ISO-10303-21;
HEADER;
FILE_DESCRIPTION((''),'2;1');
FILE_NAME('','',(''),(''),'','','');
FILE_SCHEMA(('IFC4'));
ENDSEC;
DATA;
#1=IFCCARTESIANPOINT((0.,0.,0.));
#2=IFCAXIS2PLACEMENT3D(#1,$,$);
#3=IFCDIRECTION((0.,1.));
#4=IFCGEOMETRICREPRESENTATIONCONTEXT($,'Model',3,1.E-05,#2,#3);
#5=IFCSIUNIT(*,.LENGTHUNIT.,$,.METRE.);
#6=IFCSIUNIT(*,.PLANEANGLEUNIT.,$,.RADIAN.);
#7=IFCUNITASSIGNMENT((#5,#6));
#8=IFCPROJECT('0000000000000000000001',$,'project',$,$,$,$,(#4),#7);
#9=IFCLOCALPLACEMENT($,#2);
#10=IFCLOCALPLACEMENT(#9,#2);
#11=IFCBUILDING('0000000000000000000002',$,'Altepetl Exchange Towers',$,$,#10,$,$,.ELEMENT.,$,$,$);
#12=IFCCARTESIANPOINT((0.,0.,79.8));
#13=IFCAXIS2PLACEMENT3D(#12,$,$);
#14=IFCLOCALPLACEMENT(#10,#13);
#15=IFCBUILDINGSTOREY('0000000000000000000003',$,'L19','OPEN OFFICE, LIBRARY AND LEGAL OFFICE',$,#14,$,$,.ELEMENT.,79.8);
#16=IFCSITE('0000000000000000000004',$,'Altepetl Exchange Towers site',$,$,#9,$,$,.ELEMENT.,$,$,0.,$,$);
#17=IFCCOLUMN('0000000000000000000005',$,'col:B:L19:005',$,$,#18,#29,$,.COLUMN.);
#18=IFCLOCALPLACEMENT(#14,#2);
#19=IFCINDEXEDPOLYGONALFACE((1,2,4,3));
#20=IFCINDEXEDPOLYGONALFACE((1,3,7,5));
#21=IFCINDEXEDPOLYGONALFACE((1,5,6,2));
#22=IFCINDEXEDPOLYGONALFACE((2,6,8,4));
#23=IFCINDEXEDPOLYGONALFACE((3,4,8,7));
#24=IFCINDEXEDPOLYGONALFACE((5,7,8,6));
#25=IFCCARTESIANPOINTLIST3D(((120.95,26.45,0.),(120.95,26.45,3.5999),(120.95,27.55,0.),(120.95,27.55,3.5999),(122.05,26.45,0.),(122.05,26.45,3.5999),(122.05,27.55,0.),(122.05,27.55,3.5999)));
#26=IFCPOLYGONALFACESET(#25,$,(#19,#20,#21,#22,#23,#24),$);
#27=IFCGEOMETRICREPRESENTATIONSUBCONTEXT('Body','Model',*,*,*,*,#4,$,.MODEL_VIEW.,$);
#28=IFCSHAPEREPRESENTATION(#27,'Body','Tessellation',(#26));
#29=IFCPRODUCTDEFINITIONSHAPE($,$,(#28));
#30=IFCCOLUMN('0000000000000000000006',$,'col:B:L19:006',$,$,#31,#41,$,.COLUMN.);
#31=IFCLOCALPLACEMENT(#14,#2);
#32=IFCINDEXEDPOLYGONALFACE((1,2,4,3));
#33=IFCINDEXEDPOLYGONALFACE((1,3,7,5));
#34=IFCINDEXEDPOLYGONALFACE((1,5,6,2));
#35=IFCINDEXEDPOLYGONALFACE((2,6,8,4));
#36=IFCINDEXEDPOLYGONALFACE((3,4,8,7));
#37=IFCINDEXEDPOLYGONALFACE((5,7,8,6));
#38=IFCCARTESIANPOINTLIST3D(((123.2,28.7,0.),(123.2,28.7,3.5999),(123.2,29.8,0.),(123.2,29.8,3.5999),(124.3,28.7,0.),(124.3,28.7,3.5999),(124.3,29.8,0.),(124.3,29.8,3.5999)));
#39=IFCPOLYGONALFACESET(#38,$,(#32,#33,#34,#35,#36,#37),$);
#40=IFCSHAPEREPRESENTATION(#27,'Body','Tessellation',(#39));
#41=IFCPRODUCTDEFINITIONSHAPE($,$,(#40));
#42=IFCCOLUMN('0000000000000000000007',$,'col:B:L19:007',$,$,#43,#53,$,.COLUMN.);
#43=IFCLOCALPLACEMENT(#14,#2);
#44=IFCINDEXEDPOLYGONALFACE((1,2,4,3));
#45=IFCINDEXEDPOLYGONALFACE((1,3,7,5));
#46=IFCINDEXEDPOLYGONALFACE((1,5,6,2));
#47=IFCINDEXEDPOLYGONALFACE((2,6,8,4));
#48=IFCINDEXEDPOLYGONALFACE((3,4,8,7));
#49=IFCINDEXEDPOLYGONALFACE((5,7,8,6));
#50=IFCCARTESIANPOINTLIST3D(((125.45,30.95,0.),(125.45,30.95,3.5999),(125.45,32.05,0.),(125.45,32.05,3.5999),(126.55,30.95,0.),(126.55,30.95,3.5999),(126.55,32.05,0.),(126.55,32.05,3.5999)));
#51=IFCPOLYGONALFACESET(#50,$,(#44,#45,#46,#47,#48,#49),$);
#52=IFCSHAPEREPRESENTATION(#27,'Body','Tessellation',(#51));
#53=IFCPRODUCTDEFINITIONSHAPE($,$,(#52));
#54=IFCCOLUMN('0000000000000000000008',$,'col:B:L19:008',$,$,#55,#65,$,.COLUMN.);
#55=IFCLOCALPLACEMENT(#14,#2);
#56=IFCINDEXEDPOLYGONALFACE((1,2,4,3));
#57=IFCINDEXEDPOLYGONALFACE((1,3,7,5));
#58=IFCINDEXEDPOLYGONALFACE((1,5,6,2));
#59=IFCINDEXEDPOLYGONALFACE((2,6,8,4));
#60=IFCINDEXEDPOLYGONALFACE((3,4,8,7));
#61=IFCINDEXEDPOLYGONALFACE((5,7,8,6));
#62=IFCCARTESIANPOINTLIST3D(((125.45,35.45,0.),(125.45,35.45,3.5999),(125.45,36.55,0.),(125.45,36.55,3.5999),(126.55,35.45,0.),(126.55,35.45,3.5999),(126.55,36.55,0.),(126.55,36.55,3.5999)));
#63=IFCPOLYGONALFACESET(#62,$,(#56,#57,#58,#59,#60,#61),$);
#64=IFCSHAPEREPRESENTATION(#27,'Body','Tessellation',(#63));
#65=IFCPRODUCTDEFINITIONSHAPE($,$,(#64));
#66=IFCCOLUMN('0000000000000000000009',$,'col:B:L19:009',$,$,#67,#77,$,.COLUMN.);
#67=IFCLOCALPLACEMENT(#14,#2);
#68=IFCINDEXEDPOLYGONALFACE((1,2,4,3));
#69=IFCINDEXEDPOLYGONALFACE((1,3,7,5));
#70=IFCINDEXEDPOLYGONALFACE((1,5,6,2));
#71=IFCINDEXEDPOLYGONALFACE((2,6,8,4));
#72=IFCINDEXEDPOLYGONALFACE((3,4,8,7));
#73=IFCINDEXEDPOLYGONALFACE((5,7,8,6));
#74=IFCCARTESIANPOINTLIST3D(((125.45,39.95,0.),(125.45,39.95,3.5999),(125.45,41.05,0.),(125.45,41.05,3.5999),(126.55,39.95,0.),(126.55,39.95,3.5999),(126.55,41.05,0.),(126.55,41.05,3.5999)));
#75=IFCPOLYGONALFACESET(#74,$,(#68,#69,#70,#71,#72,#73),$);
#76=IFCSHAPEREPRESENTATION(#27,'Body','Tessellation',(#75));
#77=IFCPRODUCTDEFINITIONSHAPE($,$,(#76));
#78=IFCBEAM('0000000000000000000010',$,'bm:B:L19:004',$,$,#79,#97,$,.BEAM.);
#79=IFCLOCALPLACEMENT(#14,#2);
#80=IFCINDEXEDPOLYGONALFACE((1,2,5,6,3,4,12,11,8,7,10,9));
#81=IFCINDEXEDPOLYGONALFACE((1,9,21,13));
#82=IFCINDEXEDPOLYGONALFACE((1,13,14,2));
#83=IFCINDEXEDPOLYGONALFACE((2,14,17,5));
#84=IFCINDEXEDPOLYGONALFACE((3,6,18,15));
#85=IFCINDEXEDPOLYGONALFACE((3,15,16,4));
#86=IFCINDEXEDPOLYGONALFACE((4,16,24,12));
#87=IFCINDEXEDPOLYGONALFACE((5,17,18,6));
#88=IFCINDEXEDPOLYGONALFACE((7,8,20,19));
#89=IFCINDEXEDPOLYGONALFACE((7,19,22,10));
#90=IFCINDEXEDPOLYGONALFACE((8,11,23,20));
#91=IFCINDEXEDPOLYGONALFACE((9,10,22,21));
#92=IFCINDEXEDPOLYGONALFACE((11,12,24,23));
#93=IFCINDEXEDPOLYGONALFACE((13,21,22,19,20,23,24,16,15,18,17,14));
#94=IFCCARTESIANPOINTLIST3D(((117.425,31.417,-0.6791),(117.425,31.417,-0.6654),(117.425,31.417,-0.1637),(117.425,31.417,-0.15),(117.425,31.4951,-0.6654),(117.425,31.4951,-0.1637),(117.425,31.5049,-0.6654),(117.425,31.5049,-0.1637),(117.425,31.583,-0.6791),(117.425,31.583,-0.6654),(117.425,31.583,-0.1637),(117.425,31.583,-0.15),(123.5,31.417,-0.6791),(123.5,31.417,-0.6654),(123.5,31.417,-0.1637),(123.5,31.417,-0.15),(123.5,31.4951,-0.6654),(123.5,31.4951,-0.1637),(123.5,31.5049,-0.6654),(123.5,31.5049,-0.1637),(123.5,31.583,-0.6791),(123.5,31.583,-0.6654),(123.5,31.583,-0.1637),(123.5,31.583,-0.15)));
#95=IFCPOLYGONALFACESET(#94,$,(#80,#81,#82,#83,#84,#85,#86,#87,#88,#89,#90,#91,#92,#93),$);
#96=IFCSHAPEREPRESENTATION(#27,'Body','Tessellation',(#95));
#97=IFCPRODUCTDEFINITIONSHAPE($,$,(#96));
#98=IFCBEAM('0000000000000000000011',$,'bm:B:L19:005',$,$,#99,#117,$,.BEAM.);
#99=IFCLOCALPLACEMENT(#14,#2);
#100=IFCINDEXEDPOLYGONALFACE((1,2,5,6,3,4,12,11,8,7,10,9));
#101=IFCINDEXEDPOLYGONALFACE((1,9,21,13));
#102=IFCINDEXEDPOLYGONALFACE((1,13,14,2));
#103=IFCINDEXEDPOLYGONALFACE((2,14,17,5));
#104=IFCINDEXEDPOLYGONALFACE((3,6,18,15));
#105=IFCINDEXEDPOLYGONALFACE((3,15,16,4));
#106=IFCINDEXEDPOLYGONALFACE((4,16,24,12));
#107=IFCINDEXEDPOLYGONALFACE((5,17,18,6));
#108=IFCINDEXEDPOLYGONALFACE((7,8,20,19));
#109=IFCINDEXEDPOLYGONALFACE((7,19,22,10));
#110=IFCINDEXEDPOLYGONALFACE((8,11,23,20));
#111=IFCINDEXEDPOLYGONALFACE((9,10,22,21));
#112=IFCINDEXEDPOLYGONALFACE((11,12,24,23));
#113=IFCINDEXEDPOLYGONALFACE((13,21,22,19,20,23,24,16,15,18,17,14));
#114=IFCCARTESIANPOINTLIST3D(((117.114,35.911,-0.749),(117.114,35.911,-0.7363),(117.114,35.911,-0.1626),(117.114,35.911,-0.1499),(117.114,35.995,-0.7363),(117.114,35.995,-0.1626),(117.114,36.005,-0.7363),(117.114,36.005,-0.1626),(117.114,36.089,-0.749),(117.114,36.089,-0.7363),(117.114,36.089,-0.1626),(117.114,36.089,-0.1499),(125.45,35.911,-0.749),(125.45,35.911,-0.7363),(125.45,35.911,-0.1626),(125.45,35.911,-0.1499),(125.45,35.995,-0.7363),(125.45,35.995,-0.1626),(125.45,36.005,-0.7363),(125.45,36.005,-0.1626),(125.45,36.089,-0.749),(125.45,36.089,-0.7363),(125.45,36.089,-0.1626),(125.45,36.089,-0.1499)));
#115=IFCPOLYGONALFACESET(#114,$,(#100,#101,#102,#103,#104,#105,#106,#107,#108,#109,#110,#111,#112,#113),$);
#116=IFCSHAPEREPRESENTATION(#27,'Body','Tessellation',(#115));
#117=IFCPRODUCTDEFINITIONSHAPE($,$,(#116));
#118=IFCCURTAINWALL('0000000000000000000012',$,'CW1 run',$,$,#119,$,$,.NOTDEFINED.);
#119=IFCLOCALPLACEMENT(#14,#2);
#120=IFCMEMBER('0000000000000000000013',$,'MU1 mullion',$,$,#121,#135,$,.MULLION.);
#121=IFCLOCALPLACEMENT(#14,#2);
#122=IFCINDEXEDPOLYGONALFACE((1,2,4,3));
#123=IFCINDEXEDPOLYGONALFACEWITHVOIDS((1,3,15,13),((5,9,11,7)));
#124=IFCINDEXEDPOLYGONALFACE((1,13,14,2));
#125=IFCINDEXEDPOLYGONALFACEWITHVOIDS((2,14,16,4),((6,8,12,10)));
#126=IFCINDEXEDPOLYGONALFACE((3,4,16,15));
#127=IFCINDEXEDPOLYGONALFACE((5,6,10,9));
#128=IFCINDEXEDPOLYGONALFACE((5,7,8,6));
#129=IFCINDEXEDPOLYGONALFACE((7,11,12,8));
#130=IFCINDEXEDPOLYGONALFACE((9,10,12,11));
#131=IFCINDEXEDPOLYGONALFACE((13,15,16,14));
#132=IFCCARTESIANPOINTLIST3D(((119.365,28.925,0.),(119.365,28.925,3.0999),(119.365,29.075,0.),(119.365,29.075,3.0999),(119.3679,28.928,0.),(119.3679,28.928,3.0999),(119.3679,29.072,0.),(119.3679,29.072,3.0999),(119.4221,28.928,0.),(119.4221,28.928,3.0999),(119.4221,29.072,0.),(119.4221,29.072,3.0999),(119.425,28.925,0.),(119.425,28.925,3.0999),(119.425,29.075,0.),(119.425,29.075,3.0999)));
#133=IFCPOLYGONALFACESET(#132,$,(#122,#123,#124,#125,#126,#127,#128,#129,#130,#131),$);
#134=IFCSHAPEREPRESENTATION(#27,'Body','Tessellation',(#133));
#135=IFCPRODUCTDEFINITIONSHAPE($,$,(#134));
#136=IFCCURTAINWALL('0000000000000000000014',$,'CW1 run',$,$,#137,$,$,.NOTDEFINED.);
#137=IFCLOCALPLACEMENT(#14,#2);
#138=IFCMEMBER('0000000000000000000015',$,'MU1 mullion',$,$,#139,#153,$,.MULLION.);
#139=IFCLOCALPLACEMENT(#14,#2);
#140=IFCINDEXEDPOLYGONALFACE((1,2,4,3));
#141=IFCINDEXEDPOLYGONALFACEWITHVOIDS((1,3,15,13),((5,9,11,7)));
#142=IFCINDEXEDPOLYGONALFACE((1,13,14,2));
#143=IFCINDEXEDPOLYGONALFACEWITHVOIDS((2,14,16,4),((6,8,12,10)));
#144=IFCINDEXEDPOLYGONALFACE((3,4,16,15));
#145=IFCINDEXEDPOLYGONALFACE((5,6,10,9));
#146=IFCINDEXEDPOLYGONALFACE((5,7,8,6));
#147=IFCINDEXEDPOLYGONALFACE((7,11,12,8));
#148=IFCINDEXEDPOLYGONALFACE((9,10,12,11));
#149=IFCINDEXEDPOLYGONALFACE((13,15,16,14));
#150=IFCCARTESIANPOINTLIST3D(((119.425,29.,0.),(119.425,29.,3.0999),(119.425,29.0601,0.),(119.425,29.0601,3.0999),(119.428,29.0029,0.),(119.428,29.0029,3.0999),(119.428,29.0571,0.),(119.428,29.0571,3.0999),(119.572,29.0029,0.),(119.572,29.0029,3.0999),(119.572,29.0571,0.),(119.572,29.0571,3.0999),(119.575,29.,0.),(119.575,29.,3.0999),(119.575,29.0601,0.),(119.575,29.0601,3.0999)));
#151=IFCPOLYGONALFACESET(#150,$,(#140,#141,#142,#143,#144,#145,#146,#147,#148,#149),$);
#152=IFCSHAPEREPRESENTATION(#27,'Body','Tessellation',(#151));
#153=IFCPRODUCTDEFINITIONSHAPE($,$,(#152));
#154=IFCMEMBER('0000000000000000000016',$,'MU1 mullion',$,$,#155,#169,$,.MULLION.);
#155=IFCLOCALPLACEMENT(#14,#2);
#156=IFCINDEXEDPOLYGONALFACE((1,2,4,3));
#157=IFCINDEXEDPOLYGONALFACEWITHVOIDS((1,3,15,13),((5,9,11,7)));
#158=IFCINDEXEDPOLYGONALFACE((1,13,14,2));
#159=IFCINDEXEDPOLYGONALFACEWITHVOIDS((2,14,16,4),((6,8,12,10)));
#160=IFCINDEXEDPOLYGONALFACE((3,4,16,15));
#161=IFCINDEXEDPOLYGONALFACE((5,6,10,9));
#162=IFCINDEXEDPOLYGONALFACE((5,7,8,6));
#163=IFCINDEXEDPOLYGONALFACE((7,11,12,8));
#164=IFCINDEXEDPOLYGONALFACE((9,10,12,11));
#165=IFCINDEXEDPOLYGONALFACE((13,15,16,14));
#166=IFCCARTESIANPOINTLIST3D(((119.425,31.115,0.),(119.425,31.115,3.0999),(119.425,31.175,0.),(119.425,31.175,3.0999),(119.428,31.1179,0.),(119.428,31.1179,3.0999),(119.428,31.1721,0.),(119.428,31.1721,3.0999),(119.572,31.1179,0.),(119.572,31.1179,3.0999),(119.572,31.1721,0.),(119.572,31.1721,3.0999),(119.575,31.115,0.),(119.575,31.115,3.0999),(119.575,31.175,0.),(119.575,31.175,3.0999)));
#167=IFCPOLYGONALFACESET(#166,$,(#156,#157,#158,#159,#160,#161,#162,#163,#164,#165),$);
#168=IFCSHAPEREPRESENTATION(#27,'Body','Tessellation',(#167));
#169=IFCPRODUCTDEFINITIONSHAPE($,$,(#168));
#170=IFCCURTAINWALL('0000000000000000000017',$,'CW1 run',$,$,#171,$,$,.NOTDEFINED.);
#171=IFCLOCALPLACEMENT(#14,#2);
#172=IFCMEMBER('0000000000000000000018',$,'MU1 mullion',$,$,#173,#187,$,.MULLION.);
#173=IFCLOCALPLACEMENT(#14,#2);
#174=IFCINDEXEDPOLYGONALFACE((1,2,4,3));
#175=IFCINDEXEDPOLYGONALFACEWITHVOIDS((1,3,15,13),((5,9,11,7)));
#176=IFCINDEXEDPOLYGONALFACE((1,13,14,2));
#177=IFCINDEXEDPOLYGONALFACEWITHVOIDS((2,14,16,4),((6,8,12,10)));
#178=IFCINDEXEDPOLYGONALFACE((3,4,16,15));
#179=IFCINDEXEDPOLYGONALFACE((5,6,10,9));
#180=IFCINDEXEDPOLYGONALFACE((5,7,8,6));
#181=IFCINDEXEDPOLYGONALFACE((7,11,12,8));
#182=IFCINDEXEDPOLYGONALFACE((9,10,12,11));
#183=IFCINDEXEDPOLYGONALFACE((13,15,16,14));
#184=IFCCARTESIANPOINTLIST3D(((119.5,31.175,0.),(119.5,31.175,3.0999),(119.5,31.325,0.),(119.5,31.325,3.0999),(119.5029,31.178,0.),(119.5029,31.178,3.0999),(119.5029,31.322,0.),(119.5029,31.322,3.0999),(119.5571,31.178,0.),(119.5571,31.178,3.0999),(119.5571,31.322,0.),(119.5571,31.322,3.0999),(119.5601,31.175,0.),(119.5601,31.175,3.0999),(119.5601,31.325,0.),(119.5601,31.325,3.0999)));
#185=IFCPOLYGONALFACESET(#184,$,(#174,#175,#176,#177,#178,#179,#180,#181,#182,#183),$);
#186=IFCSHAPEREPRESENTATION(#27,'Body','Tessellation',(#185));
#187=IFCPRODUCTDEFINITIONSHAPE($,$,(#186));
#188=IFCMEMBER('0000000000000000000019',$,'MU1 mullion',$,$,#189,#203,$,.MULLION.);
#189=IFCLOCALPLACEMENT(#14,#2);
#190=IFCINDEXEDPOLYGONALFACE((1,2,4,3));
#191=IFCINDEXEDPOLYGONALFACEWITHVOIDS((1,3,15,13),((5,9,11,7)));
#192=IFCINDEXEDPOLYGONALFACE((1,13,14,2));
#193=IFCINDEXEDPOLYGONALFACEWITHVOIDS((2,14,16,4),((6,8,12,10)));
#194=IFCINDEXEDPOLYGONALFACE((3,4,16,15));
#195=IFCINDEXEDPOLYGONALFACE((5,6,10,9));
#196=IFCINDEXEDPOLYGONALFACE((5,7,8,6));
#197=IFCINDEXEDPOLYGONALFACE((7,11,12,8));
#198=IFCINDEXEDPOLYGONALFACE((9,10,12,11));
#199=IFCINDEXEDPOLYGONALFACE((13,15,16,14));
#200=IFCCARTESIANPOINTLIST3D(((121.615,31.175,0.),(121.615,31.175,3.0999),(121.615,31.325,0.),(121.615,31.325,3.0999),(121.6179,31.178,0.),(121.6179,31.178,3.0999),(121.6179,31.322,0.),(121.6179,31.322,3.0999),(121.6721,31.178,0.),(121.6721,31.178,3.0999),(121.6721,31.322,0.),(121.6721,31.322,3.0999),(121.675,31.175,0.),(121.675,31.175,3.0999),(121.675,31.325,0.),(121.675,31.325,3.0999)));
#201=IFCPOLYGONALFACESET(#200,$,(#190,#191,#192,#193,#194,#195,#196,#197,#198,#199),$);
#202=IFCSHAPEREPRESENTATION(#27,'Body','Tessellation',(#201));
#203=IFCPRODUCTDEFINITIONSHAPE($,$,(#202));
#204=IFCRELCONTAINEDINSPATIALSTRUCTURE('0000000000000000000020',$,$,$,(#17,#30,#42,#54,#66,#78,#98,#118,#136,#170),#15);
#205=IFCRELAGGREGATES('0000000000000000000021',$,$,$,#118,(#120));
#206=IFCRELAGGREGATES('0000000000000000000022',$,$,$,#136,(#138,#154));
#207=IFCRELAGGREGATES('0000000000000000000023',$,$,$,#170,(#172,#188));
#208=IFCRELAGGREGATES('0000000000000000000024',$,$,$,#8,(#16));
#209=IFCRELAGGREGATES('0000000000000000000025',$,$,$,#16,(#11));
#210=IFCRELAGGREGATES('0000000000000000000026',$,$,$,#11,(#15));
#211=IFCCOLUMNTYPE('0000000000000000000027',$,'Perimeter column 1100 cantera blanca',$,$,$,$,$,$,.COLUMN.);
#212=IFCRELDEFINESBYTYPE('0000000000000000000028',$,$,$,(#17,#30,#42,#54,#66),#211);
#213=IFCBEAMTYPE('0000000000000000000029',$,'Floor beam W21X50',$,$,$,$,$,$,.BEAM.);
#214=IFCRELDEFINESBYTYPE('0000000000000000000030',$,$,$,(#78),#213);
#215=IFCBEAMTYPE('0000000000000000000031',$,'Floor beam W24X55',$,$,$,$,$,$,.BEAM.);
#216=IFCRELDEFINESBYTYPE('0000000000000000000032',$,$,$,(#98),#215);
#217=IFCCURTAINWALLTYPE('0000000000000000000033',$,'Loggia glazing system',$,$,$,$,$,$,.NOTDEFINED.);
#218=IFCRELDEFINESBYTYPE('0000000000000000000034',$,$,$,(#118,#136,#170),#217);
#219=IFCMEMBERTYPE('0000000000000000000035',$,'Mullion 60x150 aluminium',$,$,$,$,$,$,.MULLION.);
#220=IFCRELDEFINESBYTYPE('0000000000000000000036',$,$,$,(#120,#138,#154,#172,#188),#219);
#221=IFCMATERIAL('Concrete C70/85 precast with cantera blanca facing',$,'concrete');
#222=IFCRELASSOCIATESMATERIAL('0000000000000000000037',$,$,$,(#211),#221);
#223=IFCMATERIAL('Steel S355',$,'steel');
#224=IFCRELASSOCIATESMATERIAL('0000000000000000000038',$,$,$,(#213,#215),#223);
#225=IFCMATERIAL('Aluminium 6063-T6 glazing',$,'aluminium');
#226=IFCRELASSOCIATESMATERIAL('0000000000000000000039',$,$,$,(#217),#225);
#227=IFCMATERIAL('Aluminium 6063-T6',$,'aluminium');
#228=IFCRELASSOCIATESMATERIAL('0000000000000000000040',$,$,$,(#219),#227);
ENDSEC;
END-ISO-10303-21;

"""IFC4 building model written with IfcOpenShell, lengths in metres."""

from ifc_helpers import new_model, si_unit, direction, frame, origin, origin_2d, place, context, subcontext, project, spatial, rectangle, hollow_rectangle, i_section, extrude, material, material_profile, profile_set, type_object, element, aggregate, save


model = new_model("IFC4")

# Units and contexts
model_context = context("Model", 3, precision=1e-05, world=origin(), true_north=direction((0.0, 1.0)))
body_context = subcontext(model_context, "Body", "Model", "MODEL_VIEW")
ifc_project = project(units=[si_unit("LENGTHUNIT", "METRE"), si_unit("PLANEANGLEUNIT", "RADIAN")], contexts=[model_context])

# Site, building, storey
site_placement = place(None, origin())
site = spatial("IfcSite", under=ifc_project, at=site_placement, Name="Altepetl Exchange Towers site", CompositionType="ELEMENT", RefElevation=0.0)
building_placement = place(site_placement, origin())
building = spatial("IfcBuilding", under=site, at=building_placement, Name="Altepetl Exchange Towers", CompositionType="ELEMENT")
storey_placement = place(building_placement, frame((0.0, 0.0, 79.8)))
storey = spatial("IfcBuildingStorey", under=building, at=storey_placement, Name="L19", Description="OPEN OFFICE, LIBRARY AND LEGAL OFFICE", CompositionType="ELEMENT", Elevation=79.8)

# Columns
ifc_material_1 = material(Name="Concrete C70/85 precast with cantera blanca facing", Category="concrete")
ifc_material_profile_1 = material_profile(ifc_material_1, rectangle(XDim=1.1001, YDim=1.1001, at=origin_2d()), Name="1100 x 1100")
ifc_profile_set_1 = profile_set([ifc_material_profile_1], Name="Concrete C70/85 precast with cantera blanca facing")
column_type = type_object("IfcColumnType", Name="Perimeter column 1100 cantera blanca", PredefinedType="COLUMN", material=ifc_profile_set_1)
for number, where, name in (
    (1, (121.5, 27.0, 0.0), "col:B:L19:005"),
    (2, (123.75, 29.25, 0.0), "col:B:L19:006"),
    (3, (126.0, 31.5, 0.0), "col:B:L19:007"),
    (4, (126.0, 36.0, 0.0), "col:B:L19:008"),
    (5, (126.0, 40.5, 0.0), "col:B:L19:009"),
):
    element("IfcColumn", number, at=place(storey_placement, frame(where)), inside=storey, type_object=column_type, Name=name, PredefinedType="COLUMN", context=body_context, shape_type="SweptSolid", body=[
        extrude(rectangle(XDim=1.1001, YDim=1.1001, at=origin_2d()), origin(), (0.0, 0.0, 1.0), 3.5999),
    ])

# Beams
ifc_material_2 = material(Name="Steel S355", Category="steel")
ifc_material_profile_2 = material_profile(ifc_material_2, i_section(OverallWidth=0.166, OverallDepth=0.5291, WebThickness=0.0098, FlangeThickness=0.0137, at=origin_2d()), Name="W21X50")
ifc_profile_set_2 = profile_set([ifc_material_profile_2], Name="Steel S355")
beam_type_1 = type_object("IfcBeamType", Name="Floor beam W21X50", PredefinedType="BEAM", material=ifc_profile_set_2)
beam_1_placement = place(storey_placement, frame((117.425, 31.5, -0.4146), z_axis=(1.0, 0.0, 0.0), x_axis=(0.0, 1.0, 0.0)))
element("IfcBeam", 6, at=beam_1_placement, inside=storey, type_object=beam_type_1, Name="bm:B:L19:004", PredefinedType="BEAM", context=body_context, shape_type="SweptSolid", body=[
    extrude(i_section(OverallWidth=0.166, OverallDepth=0.5291, WebThickness=0.0098, FlangeThickness=0.0137, at=origin_2d()), origin(), (0.0, 0.0, 1.0), 6.075),
])
ifc_material_profile_3 = material_profile(ifc_material_2, i_section(OverallWidth=0.178, OverallDepth=0.5991, WebThickness=0.01, FlangeThickness=0.0127, at=origin_2d()), Name="W24X55")
ifc_profile_set_3 = profile_set([ifc_material_profile_3], Name="Steel S355")
beam_type_2 = type_object("IfcBeamType", Name="Floor beam W24X55", PredefinedType="BEAM", material=ifc_profile_set_3)
beam_2_placement = place(storey_placement, frame((117.114, 36.0, -0.4495), z_axis=(1.0, 0.0, 0.0), x_axis=(0.0, 1.0, 0.0)))
element("IfcBeam", 7, at=beam_2_placement, inside=storey, type_object=beam_type_2, Name="bm:B:L19:005", PredefinedType="BEAM", context=body_context, shape_type="SweptSolid", body=[
    extrude(i_section(OverallWidth=0.178, OverallDepth=0.5991, WebThickness=0.01, FlangeThickness=0.0127, at=origin_2d()), origin(), (0.0, 0.0, 1.0), 8.3359),
])

# Curtain wall, member
ifc_material_3 = material(Name="Aluminium 6063-T6 glazing", Category="aluminium")
curtain_wall_type = type_object("IfcCurtainWallType", Name="Loggia glazing system", PredefinedType="NOTDEFINED", material=ifc_material_3)
curtain_wall_1_placement = place(storey_placement, origin())
curtain_wall_1 = element("IfcCurtainWall", 8, at=curtain_wall_1_placement, inside=storey, type_object=curtain_wall_type, Name="CW1 run", PredefinedType="NOTDEFINED")
ifc_material_4 = material(Name="Aluminium 6063-T6", Category="aluminium")
ifc_material_profile_4 = material_profile(ifc_material_4, hollow_rectangle(XDim=0.0601, YDim=0.1499, WallThickness=0.0029, at=origin_2d()), Name="Mullion 60x150 aluminium")
ifc_profile_set_4 = profile_set([ifc_material_profile_4], Name="Aluminium 6063-T6")
member_type = type_object("IfcMemberType", Name="Mullion 60x150 aluminium", PredefinedType="MULLION", material=ifc_profile_set_4)
member_1_placement = place(storey_placement, frame((119.395, 29.0, 0.0)))
member_1 = element("IfcMember", 9, at=member_1_placement, type_object=member_type, Name="MU1 mullion", PredefinedType="MULLION", context=body_context, shape_type="SweptSolid", body=[
    extrude(hollow_rectangle(XDim=0.0601, YDim=0.1499, WallThickness=0.0029, at=origin_2d()), origin(), (0.0, 0.0, 1.0), 3.0999),
])

# Curtain walls, members
curtain_wall_2_placement = place(storey_placement, origin())
curtain_wall_2 = element("IfcCurtainWall", 10, at=curtain_wall_2_placement, inside=storey, type_object=curtain_wall_type, Name="CW1 run", PredefinedType="NOTDEFINED")
member_2_placement = place(storey_placement, frame((119.5, 29.03, 0.0), z_axis=(0.0, 0.0, 1.0), x_axis=(0.0, 1.0, 0.0)))
member_2 = element("IfcMember", 11, at=member_2_placement, type_object=member_type, Name="MU1 mullion", PredefinedType="MULLION", context=body_context, shape_type="SweptSolid", body=[
    extrude(hollow_rectangle(XDim=0.0601, YDim=0.1499, WallThickness=0.0029, at=origin_2d()), origin(), (0.0, 0.0, 1.0), 3.0999),
])
member_3_placement = place(storey_placement, frame((119.5, 31.145, 0.0), z_axis=(0.0, 0.0, 1.0), x_axis=(0.0, 1.0, 0.0)))
member_3 = element("IfcMember", 12, at=member_3_placement, type_object=member_type, Name="MU1 mullion", PredefinedType="MULLION", context=body_context, shape_type="SweptSolid", body=[
    extrude(hollow_rectangle(XDim=0.0601, YDim=0.1499, WallThickness=0.0029, at=origin_2d()), origin(), (0.0, 0.0, 1.0), 3.0999),
])
curtain_wall_3_placement = place(storey_placement, origin())
curtain_wall_3 = element("IfcCurtainWall", 13, at=curtain_wall_3_placement, inside=storey, type_object=curtain_wall_type, Name="CW1 run", PredefinedType="NOTDEFINED")
member_4_placement = place(storey_placement, frame((119.53, 31.25, 0.0)))
member_4 = element("IfcMember", 14, at=member_4_placement, type_object=member_type, Name="MU1 mullion", PredefinedType="MULLION", context=body_context, shape_type="SweptSolid", body=[
    extrude(hollow_rectangle(XDim=0.0601, YDim=0.1499, WallThickness=0.0029, at=origin_2d()), origin(), (0.0, 0.0, 1.0), 3.0999),
])
member_5_placement = place(storey_placement, frame((121.645, 31.25, 0.0)))
member_5 = element("IfcMember", 15, at=member_5_placement, type_object=member_type, Name="MU1 mullion", PredefinedType="MULLION", context=body_context, shape_type="SweptSolid", body=[
    extrude(hollow_rectangle(XDim=0.0601, YDim=0.1499, WallThickness=0.0029, at=origin_2d()), origin(), (0.0, 0.0, 1.0), 3.0999),
])

aggregate(curtain_wall_1, [member_1])
aggregate(curtain_wall_2, [member_2, member_3])
aggregate(curtain_wall_3, [member_4, member_5])

save(model, "model.ifc")
